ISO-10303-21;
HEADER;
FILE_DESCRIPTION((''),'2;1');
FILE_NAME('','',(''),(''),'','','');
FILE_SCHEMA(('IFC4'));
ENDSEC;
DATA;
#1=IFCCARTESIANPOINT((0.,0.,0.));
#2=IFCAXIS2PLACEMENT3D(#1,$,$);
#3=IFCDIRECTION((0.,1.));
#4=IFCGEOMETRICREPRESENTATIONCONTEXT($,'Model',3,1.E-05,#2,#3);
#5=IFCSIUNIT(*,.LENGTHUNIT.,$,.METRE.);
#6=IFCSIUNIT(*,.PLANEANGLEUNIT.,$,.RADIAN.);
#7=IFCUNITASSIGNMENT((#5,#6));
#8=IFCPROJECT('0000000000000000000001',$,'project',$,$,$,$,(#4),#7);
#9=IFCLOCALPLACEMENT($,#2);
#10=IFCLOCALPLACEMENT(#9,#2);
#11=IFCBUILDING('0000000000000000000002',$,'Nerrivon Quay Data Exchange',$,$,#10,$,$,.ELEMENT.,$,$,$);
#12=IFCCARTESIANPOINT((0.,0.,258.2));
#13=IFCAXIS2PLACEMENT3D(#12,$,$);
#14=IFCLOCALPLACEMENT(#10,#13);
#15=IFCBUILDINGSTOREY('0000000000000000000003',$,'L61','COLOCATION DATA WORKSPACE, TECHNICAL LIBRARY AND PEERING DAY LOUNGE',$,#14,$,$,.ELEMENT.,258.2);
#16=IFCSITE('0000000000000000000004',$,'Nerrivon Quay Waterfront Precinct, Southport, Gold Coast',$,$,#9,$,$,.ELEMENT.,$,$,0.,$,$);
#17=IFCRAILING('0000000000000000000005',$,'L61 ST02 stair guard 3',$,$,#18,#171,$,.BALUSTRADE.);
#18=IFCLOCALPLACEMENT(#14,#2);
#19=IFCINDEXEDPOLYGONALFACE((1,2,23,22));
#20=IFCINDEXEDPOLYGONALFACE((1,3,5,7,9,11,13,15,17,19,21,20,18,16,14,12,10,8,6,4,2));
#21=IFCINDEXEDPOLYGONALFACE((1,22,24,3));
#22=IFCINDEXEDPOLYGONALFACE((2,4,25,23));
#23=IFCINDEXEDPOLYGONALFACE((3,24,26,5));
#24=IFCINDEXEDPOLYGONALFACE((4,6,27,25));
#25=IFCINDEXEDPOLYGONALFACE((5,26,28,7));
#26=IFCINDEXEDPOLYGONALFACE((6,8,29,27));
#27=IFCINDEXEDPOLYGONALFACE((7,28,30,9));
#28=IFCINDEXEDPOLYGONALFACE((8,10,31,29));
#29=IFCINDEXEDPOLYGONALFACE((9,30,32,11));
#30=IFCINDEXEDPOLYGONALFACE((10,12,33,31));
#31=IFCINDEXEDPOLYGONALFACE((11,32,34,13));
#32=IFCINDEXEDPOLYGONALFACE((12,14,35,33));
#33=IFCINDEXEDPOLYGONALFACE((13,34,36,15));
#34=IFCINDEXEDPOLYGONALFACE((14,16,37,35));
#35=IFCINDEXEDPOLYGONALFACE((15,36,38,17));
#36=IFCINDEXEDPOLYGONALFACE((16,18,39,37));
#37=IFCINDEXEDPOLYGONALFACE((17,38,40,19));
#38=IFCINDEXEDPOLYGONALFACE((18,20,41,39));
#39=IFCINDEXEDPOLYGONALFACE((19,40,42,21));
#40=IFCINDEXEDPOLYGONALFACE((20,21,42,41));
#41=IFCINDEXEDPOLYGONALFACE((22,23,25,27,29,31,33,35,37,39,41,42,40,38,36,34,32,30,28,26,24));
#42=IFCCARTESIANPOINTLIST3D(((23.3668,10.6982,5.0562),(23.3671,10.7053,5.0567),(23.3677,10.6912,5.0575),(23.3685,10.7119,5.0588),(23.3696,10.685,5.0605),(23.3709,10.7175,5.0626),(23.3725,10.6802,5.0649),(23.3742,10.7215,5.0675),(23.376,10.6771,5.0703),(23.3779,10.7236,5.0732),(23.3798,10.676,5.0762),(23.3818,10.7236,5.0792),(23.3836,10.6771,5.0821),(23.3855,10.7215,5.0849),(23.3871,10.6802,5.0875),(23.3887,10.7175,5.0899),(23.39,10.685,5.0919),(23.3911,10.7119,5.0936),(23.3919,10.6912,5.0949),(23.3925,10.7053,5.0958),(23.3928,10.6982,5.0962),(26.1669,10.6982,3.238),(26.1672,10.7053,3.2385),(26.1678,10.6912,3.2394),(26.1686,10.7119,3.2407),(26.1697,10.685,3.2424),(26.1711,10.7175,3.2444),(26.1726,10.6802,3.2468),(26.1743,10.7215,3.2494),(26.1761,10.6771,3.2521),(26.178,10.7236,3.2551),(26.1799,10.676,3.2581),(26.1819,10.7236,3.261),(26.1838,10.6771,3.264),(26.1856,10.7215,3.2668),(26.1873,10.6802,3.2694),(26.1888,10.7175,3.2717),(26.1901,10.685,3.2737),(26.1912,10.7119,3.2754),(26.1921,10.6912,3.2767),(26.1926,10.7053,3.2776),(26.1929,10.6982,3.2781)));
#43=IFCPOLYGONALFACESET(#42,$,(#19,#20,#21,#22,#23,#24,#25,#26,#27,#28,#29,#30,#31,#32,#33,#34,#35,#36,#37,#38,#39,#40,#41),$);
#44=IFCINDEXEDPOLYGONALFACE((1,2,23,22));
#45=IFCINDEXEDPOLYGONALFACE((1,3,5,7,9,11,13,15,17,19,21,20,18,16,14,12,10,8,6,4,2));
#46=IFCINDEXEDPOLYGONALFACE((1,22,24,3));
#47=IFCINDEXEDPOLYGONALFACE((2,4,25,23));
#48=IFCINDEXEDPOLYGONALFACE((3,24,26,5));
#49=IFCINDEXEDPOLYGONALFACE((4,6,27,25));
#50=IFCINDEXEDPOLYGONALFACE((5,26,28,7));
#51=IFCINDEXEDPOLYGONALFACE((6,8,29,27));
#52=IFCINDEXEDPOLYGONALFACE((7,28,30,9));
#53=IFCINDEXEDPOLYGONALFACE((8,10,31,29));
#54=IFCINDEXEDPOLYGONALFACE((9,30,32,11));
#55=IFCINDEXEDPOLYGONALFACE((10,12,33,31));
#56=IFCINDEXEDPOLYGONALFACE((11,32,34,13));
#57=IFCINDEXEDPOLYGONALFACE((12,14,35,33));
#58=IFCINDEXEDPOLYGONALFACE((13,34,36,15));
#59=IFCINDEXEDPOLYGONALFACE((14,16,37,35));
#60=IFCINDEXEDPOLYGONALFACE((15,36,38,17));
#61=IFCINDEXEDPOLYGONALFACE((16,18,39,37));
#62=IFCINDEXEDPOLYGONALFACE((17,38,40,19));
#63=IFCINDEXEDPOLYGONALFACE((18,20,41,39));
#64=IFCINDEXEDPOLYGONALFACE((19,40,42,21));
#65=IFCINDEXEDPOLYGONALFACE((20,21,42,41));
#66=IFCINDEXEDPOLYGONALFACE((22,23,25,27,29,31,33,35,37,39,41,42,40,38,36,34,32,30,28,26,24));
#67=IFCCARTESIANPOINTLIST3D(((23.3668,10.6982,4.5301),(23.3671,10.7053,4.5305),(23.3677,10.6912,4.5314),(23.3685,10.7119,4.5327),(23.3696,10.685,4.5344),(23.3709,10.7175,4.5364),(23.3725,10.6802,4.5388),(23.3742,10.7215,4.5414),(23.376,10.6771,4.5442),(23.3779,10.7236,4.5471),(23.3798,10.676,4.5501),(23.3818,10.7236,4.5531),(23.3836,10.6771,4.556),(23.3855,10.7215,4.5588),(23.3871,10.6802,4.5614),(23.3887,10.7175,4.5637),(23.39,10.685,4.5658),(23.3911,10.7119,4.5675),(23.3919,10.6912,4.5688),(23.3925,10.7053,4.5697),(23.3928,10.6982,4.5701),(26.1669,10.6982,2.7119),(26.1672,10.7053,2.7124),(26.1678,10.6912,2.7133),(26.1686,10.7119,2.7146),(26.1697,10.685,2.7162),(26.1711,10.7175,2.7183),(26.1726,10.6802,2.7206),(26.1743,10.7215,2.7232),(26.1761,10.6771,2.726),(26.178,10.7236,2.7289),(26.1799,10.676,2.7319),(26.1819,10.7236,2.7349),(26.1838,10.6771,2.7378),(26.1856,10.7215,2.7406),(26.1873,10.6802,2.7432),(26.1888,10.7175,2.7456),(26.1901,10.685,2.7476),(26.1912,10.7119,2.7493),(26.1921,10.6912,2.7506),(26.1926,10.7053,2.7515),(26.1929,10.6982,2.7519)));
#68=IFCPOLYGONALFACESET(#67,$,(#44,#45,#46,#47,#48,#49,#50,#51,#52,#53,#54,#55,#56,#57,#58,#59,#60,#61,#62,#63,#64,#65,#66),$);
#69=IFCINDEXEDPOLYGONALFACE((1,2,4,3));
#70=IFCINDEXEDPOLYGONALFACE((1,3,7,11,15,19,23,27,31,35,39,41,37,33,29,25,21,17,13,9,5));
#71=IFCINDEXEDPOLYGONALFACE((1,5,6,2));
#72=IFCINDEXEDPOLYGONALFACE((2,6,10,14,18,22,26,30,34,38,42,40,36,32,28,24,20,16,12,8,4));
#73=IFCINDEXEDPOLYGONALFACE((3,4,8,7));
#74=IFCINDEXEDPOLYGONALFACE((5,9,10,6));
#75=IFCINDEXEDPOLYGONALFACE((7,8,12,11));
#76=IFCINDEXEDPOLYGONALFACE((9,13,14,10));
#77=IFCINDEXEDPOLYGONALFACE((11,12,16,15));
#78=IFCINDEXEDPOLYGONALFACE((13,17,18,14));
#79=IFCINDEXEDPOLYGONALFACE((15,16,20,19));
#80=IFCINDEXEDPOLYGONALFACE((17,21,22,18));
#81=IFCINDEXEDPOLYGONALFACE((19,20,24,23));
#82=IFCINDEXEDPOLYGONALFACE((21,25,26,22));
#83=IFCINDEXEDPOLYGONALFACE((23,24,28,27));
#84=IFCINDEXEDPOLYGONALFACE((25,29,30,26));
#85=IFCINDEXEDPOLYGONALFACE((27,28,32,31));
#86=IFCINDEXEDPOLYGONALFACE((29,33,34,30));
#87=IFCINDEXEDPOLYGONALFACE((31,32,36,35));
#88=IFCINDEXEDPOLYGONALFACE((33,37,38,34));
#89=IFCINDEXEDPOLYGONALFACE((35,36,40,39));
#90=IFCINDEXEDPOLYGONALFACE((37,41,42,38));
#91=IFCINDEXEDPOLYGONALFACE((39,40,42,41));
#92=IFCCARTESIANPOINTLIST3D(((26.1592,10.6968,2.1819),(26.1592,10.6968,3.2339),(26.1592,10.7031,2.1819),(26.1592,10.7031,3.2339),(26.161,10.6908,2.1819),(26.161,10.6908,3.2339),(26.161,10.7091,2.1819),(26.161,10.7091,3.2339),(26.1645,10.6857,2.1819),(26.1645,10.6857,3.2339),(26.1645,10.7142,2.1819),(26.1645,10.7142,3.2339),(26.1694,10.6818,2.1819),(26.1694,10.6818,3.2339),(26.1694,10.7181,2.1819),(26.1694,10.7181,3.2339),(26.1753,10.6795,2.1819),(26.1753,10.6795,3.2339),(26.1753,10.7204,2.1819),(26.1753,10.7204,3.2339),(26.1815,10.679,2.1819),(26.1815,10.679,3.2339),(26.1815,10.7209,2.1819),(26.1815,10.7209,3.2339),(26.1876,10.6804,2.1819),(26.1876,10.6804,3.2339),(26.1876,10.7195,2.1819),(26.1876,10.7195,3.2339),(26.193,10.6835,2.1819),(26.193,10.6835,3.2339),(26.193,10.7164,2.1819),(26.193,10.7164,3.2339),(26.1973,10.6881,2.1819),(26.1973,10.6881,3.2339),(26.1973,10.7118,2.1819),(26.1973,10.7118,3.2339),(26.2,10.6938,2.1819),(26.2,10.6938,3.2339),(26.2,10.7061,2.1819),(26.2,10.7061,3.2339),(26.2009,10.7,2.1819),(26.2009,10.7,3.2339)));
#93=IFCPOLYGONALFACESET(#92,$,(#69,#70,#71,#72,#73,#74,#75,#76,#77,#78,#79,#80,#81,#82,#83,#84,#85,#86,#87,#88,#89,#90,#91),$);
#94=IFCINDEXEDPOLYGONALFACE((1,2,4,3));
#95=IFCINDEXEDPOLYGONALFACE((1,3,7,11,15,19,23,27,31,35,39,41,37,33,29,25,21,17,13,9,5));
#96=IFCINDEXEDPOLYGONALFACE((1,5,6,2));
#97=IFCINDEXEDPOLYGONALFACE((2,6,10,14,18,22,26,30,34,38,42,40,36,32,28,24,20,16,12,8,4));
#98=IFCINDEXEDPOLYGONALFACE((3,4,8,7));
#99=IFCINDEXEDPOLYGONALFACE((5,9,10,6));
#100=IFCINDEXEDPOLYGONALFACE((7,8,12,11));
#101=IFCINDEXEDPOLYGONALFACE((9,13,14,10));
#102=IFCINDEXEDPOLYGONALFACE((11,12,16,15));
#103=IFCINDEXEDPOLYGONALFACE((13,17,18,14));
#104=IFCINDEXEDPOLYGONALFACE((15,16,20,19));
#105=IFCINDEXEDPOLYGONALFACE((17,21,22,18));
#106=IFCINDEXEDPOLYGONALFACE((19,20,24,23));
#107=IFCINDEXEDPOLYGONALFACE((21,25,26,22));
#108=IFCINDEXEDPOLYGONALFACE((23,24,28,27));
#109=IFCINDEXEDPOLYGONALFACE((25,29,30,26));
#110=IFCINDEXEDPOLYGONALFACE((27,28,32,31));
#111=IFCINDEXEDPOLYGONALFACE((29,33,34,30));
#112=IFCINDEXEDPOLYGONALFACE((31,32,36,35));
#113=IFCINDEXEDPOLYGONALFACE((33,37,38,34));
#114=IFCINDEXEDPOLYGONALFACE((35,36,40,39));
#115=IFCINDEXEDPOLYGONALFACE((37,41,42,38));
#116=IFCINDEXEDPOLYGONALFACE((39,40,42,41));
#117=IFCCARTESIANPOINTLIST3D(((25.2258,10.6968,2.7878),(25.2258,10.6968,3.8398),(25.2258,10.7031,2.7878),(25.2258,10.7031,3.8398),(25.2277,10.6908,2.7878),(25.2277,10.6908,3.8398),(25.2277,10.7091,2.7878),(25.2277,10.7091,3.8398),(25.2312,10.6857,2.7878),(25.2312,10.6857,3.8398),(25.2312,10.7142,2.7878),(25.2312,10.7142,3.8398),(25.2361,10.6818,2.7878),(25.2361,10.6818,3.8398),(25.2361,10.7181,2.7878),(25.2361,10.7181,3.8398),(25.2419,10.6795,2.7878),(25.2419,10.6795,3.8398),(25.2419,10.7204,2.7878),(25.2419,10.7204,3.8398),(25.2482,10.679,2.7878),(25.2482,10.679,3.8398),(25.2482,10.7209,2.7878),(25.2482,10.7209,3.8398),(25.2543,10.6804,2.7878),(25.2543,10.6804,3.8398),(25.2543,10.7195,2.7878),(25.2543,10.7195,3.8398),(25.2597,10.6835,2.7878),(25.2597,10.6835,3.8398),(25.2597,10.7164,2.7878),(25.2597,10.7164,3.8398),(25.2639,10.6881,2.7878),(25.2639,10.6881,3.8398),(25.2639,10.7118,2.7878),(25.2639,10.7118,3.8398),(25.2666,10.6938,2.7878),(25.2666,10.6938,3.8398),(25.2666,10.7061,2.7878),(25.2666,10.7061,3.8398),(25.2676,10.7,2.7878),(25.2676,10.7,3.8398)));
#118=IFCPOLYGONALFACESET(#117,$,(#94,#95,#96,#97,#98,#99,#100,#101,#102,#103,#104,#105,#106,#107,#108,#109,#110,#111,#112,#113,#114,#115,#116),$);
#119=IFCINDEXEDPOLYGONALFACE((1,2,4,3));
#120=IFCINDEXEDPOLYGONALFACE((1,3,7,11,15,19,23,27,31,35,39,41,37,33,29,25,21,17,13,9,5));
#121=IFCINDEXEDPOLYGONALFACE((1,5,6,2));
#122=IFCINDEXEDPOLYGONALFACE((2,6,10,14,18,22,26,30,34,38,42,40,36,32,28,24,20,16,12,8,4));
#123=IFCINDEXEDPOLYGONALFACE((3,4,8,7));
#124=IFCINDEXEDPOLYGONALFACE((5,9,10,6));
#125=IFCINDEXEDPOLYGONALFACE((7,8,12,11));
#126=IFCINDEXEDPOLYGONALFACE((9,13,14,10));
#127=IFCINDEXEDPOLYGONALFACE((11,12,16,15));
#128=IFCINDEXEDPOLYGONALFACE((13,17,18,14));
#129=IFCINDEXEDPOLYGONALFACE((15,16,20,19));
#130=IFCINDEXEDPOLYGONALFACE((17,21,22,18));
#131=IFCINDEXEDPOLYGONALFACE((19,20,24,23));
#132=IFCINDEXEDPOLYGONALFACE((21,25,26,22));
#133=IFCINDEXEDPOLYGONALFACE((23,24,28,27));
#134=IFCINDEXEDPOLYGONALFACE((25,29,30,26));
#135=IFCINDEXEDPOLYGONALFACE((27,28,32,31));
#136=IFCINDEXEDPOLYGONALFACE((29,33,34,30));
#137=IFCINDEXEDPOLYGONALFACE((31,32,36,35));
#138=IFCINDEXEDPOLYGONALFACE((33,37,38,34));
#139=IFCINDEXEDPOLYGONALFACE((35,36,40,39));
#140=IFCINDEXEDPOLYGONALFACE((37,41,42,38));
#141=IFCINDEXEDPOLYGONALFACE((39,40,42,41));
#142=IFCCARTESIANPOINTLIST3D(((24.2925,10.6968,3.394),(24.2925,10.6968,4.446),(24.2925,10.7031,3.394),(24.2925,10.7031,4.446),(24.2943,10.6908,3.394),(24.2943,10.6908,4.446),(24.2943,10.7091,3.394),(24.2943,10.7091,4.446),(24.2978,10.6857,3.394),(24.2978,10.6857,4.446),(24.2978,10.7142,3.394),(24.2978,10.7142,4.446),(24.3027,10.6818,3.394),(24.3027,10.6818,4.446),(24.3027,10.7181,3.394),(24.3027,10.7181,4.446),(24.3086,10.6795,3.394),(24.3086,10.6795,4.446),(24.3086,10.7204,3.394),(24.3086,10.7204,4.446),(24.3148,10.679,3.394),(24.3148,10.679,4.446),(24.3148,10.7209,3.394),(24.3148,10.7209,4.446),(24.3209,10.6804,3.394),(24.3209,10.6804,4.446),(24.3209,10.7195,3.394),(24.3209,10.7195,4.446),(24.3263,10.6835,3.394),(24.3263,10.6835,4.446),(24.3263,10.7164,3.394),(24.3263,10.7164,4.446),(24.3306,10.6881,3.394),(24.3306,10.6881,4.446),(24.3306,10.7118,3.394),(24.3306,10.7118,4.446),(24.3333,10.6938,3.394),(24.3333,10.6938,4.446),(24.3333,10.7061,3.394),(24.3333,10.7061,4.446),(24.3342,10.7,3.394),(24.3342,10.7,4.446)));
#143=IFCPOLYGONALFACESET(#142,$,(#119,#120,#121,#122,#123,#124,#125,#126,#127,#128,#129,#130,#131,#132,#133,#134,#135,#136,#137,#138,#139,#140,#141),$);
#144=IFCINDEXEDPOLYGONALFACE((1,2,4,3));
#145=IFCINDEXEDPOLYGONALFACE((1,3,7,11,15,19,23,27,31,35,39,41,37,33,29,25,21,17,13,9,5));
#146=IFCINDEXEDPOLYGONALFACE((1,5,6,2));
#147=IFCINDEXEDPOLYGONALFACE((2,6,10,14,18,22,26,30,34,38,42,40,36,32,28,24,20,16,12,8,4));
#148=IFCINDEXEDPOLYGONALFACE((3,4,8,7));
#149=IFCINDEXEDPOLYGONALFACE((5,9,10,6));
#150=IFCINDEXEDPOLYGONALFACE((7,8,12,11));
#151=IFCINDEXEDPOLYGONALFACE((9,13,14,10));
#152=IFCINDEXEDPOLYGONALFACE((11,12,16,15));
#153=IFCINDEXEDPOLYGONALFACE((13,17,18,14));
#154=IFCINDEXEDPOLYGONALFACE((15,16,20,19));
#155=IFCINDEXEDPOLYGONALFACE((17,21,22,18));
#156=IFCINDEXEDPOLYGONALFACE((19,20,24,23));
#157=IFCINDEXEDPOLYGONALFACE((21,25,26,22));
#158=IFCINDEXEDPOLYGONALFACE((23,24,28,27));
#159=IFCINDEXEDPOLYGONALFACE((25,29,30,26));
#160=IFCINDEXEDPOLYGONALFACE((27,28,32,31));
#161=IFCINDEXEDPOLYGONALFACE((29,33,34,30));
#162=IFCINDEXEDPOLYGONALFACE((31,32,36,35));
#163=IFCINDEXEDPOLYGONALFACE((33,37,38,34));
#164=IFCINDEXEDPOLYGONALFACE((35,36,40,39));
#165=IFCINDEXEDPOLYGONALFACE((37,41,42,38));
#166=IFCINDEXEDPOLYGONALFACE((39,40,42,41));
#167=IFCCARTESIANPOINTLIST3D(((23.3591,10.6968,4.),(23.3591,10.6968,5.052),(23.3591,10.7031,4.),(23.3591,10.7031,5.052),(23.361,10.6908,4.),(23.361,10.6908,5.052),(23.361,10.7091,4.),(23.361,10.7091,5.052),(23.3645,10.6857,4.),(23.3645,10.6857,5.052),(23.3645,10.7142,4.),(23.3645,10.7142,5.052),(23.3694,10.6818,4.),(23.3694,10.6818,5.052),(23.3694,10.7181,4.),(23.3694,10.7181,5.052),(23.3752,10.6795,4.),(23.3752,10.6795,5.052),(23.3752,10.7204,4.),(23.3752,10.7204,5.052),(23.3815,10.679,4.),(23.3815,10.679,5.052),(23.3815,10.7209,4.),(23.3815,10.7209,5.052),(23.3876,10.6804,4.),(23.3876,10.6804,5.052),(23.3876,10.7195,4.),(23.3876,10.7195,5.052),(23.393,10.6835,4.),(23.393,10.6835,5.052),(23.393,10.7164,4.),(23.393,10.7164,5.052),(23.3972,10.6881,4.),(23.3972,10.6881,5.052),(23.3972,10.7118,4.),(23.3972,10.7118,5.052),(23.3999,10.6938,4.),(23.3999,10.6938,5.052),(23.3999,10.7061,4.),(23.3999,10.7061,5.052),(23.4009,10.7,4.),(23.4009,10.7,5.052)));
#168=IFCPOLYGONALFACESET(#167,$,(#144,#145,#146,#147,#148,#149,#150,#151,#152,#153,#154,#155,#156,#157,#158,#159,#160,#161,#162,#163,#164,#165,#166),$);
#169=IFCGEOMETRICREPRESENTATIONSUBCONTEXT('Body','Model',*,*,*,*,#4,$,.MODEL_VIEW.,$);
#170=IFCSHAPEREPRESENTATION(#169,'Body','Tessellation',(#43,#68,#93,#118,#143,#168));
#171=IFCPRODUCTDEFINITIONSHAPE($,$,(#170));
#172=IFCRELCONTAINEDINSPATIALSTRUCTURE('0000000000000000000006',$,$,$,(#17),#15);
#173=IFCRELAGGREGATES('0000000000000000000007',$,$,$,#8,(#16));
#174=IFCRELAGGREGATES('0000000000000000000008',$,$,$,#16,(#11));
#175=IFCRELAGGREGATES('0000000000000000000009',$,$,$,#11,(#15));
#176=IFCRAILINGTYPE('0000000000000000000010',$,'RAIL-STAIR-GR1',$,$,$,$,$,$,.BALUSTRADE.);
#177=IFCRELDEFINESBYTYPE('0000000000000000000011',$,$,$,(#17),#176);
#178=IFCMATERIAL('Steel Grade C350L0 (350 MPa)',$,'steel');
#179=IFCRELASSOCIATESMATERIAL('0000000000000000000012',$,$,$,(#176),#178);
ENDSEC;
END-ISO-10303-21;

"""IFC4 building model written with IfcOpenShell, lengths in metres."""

from ifc_helpers import new_model, si_unit, direction, frame, origin, origin_2d, place, context, subcontext, project, spatial, circle, extrude, material, type_object, element, save


model = new_model("IFC4")

# Units and contexts
model_context = context("Model", 3, precision=1e-05, world=origin(), true_north=direction((0.0, 1.0)))
body_context = subcontext(model_context, "Body", "Model", "MODEL_VIEW")
ifc_project = project(units=[si_unit("LENGTHUNIT", "METRE"), si_unit("PLANEANGLEUNIT", "RADIAN")], contexts=[model_context])

# Site, building, storey
site_placement = place(None, origin())
site = spatial("IfcSite", under=ifc_project, at=site_placement, Name="Nerrivon Quay Waterfront Precinct, Southport, Gold Coast", CompositionType="ELEMENT", RefElevation=0.0)
building_placement = place(site_placement, origin())
building = spatial("IfcBuilding", under=site, at=building_placement, Name="Nerrivon Quay Data Exchange", CompositionType="ELEMENT")
storey_placement = place(building_placement, frame((0.0, 0.0, 258.2)))
storey = spatial("IfcBuildingStorey", under=building, at=storey_placement, Name="L61", Description="COLOCATION DATA WORKSPACE, TECHNICAL LIBRARY AND PEERING DAY LOUNGE", CompositionType="ELEMENT", Elevation=258.2)

# Railing
ifc_material_1 = material(Name="Steel Grade C350L0 (350 MPa)", Category="steel")
railing_type_1 = type_object("IfcRailingType", Name="RAIL-STAIR-GR1", PredefinedType="BALUSTRADE", material=ifc_material_1)
railing_1_placement = place(storey_placement, frame((26.1799, 10.7, 2.1819)))
element("IfcRailing", 1, at=railing_1_placement, inside=storey, type_object=railing_type_1, Name="L61 ST02 stair guard 3", PredefinedType="BALUSTRADE", context=body_context, shape_type="SweptSolid", body=[
    extrude(circle(Radius=0.0239, at=origin_2d()), frame((0.0, 0.0, 1.0762), z_axis=(-0.838706, 0.0, 0.544585), x_axis=(0.0, -1.0, 0.0)), (0.0, 0.0, 1.0), 3.3386),
    extrude(circle(Radius=0.0239, at=origin_2d()), frame((0.0, 0.0, 0.55), z_axis=(-0.838706, 0.0, 0.544585), x_axis=(0.0, -1.0, 0.0)), (0.0, 0.0, 1.0), 3.3386),
    extrude(circle(Radius=0.021, at=origin_2d()), origin(), (0.0, 0.0, 1.0), 1.052),
    extrude(circle(Radius=0.021, at=origin_2d()), frame((-0.9333, 0.0, 0.606)), (0.0, 0.0, 1.0), 1.052),
    extrude(circle(Radius=0.021, at=origin_2d()), frame((-1.8667, 0.0, 1.2122)), (0.0, 0.0, 1.0), 1.052),
    extrude(circle(Radius=0.021, at=origin_2d()), frame((-2.8, 0.0, 1.8181)), (0.0, 0.0, 1.0), 1.052),
])

save(model, "model.ifc")
